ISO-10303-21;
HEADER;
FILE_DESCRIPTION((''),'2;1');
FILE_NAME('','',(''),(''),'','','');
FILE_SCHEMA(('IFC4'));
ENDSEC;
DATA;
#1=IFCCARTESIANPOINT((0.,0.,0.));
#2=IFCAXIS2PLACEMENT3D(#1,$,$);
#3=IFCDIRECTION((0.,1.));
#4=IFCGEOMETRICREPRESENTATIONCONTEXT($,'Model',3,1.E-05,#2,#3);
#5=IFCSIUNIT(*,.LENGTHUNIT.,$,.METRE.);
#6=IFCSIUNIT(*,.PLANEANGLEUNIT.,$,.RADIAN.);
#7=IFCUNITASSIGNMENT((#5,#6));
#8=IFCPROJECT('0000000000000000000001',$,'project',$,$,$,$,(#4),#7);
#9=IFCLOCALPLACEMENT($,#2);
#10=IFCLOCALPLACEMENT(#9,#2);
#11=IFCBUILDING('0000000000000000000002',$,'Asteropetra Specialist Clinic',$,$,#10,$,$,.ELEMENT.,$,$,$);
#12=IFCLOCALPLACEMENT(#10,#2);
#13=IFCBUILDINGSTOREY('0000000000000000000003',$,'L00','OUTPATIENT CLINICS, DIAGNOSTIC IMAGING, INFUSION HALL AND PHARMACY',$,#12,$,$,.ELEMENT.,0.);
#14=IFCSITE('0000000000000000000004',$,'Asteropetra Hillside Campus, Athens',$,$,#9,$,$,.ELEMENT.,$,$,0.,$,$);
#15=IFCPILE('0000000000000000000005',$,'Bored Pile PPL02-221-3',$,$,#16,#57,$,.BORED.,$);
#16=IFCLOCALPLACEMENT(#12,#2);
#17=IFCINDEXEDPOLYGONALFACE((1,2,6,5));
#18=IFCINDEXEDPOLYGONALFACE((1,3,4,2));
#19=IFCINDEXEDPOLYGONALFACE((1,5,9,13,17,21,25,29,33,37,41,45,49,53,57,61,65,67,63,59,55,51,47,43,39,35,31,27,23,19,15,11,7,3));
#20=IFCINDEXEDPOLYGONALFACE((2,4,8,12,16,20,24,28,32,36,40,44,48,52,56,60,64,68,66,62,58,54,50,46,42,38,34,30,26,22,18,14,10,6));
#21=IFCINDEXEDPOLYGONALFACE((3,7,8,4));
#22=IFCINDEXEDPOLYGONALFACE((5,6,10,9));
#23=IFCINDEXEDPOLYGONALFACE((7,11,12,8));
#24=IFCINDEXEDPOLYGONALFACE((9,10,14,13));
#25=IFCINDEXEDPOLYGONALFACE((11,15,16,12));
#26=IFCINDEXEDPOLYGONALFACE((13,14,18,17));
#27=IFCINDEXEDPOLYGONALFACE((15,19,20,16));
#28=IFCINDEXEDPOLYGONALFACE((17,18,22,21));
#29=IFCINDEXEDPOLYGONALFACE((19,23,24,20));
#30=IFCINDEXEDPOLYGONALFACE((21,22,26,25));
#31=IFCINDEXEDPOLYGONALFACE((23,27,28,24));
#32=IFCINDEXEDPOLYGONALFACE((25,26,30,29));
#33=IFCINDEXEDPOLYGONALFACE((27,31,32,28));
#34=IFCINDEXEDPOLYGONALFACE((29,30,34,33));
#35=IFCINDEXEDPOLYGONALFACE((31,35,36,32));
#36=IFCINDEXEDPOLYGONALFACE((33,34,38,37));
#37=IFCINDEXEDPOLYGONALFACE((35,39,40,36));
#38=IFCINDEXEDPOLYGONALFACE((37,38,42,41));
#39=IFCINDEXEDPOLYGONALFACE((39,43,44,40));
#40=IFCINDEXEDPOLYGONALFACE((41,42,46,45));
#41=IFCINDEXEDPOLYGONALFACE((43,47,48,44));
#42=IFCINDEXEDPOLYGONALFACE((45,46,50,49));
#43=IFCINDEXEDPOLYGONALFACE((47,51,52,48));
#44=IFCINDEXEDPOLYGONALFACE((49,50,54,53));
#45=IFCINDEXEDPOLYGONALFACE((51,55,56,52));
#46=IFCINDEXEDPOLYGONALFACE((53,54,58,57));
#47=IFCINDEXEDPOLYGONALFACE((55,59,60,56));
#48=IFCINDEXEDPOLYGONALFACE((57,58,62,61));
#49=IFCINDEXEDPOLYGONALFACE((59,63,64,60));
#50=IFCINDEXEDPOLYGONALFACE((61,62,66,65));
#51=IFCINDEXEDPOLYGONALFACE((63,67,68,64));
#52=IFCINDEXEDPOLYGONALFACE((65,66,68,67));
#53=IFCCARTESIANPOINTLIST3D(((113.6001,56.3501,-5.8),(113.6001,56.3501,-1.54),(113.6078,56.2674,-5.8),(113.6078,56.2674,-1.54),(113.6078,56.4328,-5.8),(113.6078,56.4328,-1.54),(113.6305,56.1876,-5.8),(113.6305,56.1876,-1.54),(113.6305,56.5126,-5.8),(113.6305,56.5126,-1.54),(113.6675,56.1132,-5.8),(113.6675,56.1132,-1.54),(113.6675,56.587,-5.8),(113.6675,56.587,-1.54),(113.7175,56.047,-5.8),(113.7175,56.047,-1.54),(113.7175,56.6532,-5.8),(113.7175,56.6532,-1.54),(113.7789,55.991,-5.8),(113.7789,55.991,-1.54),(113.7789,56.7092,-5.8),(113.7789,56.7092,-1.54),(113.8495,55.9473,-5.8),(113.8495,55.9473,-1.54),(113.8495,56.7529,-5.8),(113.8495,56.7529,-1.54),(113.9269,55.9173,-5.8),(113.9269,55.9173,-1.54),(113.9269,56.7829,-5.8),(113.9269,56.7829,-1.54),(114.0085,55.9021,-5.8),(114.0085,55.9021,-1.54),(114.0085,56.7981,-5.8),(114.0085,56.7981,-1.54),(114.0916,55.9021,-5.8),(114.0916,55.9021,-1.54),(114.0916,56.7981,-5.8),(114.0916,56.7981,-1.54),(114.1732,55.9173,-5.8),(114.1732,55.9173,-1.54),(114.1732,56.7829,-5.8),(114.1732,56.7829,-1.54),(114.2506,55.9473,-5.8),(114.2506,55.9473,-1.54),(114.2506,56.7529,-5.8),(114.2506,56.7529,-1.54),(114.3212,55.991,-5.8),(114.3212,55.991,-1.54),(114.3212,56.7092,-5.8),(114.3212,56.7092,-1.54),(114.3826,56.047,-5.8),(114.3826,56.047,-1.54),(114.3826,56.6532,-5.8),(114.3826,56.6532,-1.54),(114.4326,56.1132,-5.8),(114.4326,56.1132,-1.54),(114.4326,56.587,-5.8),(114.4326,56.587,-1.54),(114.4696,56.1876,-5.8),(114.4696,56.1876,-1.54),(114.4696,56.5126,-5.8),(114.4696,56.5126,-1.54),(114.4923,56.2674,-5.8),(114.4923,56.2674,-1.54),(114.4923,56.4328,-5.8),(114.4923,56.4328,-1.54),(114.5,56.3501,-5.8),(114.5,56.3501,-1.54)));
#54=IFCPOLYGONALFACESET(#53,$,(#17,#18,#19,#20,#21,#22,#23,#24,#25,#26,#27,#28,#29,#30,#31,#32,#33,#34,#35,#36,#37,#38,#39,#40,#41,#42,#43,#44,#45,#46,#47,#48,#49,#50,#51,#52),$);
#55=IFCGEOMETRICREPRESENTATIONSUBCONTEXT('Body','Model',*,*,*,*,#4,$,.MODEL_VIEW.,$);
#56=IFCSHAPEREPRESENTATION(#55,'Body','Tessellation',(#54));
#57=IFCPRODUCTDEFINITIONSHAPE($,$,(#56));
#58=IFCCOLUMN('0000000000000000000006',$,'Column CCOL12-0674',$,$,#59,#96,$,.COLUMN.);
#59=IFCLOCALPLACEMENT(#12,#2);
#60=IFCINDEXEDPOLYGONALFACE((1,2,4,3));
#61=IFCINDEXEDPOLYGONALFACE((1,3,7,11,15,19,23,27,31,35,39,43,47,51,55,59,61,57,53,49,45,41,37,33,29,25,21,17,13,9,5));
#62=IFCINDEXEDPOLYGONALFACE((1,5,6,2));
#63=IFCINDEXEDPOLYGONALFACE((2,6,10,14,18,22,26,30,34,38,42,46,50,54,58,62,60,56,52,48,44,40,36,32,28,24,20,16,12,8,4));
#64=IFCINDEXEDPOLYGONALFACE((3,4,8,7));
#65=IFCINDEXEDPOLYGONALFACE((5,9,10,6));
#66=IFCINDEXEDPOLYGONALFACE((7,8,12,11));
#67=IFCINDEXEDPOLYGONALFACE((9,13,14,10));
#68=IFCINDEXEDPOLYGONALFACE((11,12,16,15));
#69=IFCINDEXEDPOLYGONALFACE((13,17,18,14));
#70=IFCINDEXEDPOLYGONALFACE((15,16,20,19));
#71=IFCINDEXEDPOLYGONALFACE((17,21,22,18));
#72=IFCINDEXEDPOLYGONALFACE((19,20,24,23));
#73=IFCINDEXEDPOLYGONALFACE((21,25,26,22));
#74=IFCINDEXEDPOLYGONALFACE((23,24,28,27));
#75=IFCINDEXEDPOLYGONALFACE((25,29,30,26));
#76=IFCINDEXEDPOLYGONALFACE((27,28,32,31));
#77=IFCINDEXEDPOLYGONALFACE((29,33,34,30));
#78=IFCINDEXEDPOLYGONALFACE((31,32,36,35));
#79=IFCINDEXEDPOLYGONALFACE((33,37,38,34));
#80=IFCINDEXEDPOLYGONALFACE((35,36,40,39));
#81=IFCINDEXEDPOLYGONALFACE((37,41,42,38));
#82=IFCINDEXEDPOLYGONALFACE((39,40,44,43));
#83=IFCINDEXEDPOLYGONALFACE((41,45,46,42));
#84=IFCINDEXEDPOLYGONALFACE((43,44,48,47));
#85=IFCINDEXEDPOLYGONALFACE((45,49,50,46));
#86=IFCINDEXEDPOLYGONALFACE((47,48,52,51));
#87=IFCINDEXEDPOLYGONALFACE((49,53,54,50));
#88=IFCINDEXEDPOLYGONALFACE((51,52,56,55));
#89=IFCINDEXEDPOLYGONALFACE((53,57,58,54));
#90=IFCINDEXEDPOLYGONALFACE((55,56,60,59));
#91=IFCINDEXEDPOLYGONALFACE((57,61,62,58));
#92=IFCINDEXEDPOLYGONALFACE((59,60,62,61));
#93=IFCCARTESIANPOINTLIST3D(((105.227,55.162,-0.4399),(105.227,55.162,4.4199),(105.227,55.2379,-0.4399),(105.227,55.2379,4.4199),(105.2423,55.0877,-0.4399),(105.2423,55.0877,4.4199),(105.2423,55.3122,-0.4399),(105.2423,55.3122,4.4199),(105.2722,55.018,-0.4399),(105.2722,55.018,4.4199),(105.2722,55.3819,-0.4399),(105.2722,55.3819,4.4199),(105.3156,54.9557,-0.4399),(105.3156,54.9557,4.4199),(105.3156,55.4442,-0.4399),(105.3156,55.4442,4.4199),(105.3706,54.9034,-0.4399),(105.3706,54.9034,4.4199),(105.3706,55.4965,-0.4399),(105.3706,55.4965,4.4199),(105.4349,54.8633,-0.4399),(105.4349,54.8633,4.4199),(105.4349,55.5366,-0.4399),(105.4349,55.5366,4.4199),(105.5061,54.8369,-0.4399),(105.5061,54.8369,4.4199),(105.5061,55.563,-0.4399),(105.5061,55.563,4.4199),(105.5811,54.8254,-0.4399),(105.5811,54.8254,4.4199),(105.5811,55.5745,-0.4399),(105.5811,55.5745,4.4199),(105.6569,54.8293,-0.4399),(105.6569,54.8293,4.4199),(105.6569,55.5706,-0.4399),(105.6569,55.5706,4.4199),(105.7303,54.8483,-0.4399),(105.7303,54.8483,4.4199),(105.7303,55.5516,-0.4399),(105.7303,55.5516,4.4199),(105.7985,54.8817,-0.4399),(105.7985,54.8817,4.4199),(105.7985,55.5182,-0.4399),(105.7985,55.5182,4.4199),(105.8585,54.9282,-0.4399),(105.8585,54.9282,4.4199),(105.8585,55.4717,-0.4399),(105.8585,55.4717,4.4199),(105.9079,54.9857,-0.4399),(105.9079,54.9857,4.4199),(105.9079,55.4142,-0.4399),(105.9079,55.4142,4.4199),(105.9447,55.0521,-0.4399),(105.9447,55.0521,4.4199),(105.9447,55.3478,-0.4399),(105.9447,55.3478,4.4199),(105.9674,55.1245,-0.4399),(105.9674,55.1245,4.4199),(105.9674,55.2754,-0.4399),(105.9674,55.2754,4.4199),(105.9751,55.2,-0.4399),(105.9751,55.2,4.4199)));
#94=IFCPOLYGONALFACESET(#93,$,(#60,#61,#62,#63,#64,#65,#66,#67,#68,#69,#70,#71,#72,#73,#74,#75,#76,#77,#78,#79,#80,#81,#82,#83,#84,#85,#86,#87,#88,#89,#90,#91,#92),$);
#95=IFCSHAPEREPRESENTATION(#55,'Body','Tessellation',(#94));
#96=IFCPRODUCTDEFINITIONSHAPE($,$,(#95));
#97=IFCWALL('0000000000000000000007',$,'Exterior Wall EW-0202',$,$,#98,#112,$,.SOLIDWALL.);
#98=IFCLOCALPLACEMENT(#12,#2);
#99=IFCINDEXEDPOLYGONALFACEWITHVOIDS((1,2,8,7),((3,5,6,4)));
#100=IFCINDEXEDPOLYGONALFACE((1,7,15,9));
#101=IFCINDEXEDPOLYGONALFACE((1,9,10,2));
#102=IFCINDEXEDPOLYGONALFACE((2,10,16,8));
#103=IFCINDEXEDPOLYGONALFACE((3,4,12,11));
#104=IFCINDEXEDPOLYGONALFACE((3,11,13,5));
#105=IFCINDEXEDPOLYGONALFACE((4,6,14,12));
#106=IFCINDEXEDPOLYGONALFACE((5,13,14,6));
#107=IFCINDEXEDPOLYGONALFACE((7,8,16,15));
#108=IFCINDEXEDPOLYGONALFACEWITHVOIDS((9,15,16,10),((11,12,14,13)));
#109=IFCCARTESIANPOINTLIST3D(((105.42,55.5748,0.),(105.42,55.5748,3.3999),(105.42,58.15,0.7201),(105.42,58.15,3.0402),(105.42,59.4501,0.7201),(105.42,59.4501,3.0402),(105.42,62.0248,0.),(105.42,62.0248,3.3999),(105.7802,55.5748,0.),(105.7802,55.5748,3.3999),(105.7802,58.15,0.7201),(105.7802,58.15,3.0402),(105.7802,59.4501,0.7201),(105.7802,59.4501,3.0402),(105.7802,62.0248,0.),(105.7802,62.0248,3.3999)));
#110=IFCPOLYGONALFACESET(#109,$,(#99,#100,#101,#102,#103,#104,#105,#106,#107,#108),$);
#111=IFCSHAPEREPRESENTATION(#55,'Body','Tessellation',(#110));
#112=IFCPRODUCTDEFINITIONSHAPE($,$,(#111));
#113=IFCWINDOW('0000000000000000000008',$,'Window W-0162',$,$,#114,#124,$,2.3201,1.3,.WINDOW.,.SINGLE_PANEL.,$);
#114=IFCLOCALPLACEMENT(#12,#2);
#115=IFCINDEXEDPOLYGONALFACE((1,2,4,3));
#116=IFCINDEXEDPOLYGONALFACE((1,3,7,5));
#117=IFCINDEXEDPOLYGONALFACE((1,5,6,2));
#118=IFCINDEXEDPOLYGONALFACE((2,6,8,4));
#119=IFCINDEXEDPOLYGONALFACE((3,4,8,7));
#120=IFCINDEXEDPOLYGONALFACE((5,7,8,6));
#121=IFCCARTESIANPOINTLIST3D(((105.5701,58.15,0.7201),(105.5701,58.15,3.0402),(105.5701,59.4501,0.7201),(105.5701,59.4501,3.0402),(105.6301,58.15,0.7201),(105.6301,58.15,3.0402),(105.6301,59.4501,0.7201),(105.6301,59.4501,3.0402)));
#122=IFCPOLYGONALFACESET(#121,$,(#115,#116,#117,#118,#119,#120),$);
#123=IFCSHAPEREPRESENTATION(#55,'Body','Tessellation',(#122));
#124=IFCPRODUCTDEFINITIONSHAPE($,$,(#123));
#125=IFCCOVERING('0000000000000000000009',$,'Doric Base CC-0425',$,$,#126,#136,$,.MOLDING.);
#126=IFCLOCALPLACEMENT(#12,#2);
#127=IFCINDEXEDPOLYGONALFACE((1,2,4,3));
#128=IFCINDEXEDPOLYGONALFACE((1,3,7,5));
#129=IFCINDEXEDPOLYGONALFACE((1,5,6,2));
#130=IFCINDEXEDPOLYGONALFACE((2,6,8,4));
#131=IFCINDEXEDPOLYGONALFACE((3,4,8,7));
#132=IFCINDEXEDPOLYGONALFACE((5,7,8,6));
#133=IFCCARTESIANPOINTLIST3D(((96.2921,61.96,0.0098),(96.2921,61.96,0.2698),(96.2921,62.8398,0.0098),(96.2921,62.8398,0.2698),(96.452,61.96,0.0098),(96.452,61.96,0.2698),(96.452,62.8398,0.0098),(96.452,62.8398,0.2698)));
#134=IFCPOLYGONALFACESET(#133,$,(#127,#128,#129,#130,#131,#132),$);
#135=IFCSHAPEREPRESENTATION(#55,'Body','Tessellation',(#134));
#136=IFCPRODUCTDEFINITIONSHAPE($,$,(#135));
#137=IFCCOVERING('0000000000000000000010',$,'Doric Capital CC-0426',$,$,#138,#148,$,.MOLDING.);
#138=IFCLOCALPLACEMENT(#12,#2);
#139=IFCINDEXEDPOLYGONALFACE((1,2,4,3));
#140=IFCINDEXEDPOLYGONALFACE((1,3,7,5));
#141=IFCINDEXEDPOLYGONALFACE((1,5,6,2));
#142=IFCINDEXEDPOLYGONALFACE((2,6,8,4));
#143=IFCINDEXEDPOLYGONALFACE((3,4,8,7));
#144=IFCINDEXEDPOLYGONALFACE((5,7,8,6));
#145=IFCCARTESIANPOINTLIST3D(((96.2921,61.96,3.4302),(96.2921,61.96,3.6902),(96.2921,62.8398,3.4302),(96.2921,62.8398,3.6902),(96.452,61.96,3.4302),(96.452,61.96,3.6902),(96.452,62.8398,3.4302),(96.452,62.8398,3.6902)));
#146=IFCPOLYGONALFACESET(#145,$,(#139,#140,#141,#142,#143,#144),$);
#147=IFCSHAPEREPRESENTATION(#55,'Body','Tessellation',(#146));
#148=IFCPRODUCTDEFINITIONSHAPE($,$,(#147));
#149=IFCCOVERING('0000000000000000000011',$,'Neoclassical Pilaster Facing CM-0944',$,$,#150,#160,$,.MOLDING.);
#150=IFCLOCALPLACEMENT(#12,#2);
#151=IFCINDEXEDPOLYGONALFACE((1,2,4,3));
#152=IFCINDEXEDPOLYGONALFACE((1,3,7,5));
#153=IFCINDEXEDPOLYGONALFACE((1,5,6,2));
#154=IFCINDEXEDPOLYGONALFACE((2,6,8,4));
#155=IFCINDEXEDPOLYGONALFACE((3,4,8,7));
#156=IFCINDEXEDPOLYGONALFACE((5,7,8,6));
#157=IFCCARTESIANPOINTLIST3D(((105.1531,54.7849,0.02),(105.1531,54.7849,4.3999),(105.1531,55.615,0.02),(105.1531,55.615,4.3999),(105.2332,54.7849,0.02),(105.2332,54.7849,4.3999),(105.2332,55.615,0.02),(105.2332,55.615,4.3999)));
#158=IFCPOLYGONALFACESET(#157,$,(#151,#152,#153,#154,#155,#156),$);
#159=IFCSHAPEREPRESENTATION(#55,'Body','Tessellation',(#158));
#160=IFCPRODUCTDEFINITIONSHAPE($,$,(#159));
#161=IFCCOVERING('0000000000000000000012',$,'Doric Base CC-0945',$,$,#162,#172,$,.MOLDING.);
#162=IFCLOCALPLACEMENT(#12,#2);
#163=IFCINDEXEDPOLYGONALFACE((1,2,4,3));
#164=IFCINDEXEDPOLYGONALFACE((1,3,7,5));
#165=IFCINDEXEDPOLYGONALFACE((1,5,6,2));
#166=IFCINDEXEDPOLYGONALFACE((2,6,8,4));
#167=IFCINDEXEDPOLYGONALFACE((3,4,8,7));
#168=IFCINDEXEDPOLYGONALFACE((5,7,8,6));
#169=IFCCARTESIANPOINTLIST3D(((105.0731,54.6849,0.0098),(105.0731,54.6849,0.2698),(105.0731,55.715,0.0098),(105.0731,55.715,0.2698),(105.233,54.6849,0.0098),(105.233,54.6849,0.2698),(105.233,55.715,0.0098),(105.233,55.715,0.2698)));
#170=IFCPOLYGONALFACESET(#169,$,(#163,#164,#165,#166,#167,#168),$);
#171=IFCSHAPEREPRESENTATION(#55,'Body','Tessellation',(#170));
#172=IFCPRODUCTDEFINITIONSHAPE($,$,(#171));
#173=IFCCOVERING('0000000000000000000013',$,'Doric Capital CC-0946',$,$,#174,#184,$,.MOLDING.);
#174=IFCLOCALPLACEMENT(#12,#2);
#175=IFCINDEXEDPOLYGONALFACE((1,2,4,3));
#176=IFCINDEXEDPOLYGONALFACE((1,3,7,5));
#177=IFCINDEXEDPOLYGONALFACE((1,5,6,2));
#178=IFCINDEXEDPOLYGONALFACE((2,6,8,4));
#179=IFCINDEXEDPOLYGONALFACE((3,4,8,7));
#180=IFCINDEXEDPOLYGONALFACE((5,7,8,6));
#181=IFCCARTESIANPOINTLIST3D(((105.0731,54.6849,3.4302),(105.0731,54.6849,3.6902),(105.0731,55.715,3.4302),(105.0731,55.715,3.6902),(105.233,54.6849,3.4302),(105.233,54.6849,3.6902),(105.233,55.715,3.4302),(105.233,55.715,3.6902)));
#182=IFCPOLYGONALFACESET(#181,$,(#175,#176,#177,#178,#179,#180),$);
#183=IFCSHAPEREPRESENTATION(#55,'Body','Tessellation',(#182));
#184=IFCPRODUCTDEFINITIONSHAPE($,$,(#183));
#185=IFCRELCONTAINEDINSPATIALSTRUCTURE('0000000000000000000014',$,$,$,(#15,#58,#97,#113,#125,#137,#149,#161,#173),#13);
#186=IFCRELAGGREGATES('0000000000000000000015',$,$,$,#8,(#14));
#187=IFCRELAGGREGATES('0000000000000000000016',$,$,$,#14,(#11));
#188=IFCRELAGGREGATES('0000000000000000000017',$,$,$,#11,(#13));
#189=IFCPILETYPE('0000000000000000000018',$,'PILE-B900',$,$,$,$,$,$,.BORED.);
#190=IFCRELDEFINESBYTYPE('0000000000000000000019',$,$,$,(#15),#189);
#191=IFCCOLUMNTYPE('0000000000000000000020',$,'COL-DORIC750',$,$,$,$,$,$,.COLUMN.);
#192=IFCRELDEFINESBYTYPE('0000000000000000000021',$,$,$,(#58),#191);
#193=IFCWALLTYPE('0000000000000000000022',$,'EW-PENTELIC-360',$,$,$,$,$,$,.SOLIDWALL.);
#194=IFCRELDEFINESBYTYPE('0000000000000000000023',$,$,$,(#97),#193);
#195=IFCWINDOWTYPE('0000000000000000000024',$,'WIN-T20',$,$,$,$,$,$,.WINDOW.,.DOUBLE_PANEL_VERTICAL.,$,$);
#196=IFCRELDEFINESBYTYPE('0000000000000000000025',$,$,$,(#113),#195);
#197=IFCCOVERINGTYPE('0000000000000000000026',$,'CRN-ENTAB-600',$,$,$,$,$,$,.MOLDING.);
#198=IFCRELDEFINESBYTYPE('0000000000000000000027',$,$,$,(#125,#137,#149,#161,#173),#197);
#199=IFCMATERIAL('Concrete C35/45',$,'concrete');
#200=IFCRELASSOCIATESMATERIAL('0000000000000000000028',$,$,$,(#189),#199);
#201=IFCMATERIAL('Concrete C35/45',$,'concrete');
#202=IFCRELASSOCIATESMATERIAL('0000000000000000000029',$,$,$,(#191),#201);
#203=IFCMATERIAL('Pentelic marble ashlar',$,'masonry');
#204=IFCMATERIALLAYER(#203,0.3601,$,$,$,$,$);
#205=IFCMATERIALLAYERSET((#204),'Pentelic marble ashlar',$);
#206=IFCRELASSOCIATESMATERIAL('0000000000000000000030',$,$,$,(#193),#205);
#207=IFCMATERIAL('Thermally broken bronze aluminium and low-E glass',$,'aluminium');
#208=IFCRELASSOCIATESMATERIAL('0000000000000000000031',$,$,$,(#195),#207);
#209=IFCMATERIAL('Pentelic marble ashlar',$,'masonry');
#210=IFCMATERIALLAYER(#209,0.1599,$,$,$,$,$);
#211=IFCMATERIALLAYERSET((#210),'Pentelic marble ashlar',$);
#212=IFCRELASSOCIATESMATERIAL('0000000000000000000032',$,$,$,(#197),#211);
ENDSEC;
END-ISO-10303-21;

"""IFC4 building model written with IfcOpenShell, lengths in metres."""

from ifc_helpers import new_model, si_unit, direction, frame, frame_2d, origin, origin_2d, place, context, subcontext, project, spatial, rectangle, circle, extrude, material, layer, layer_set, material_profile, profile_set, type_object, element, fill, save


model = new_model("IFC4")

# Units and contexts
model_context = context("Model", 3, precision=1e-05, world=origin(), true_north=direction((0.0, 1.0)))
body_context = subcontext(model_context, "Body", "Model", "MODEL_VIEW")
ifc_project = project(units=[si_unit("LENGTHUNIT", "METRE"), si_unit("PLANEANGLEUNIT", "RADIAN")], contexts=[model_context])

# Site, building, storey
site_placement = place(None, origin())
site = spatial("IfcSite", under=ifc_project, at=site_placement, Name="Asteropetra Hillside Campus, Athens", CompositionType="ELEMENT", RefElevation=0.0)
building_placement = place(site_placement, origin())
building = spatial("IfcBuilding", under=site, at=building_placement, Name="Asteropetra Specialist Clinic", CompositionType="ELEMENT")
storey_placement = place(building_placement, origin())
storey = spatial("IfcBuildingStorey", under=building, at=storey_placement, Name="L00", Description="OUTPATIENT CLINICS, DIAGNOSTIC IMAGING, INFUSION HALL AND PHARMACY", CompositionType="ELEMENT", Elevation=0.0)

# Pile
ifc_material_1 = material(Name="Concrete C35/45", Category="concrete")
ifc_material_profile_1 = material_profile(ifc_material_1, circle(Radius=0.45, at=origin_2d()), Name="PILE D900")
ifc_profile_set_1 = profile_set([ifc_material_profile_1], Name="Concrete C35/45")
pile_type_1 = type_object("IfcPileType", Name="PILE-B900", PredefinedType="BORED", material=ifc_profile_set_1)
for number, where, z_axis, x_axis, name in (
    (1, (114.05, 56.3501, -1.54), (0.0, 0.0, -1.0), (1.0, 0.0, 0.0), "Bored Pile PPL02-221-3"),
):
    element("IfcPile", number, at=place(storey_placement, frame(where, z_axis=z_axis, x_axis=x_axis)), inside=storey, type_object=pile_type_1, Name=name, PredefinedType="BORED", context=body_context, shape_type="SweptSolid", body=[
        extrude(circle(Radius=0.45, at=origin_2d()), origin(), (0.0, 0.0, 1.0), 4.26),
    ])

# Column
ifc_material_2 = material(Name="Concrete C35/45", Category="concrete")
ifc_material_profile_2 = material_profile(ifc_material_2, circle(Radius=0.375, at=origin_2d()), Name="RCC D750")
ifc_profile_set_2 = profile_set([ifc_material_profile_2], Name="Concrete C35/45")
column_type = type_object("IfcColumnType", Name="COL-DORIC750", PredefinedType="COLUMN", material=ifc_profile_set_2)
column_placement = place(storey_placement, frame((105.6001, 55.2, -0.4399), z_axis=(0.0, 0.0, 1.0), x_axis=(1.0, 0.0, 0.0)))
element("IfcColumn", 2, at=column_placement, inside=storey, type_object=column_type, Name="Column CCOL12-0674", PredefinedType="COLUMN", context=body_context, shape_type="SweptSolid", body=[
    extrude(circle(Radius=0.375, at=origin_2d()), origin(), (0.0, 0.0, 1.0), 4.8599),
])

# Wall, opening, window
ifc_material_3 = material(Name="Pentelic marble ashlar", Category="masonry")
ifc_layer_1 = layer(ifc_material_3, 0.3601)
ifc_layer_set_1 = layer_set([ifc_layer_1], Name="Pentelic marble ashlar")
wall_type = type_object("IfcWallType", Name="EW-PENTELIC-360", PredefinedType="SOLIDWALL", material=ifc_layer_set_1)
wall_placement = place(storey_placement, frame((105.6001, 62.0249, 0.0), z_axis=(0.0, 0.0, 1.0), x_axis=(0.0, -1.0, 0.0)))
wall = element("IfcWall", 3, at=wall_placement, inside=storey, type_object=wall_type, Name="Exterior Wall EW-0202", PredefinedType="SOLIDWALL", context=body_context, shape_type="SweptSolid", body=[
    extrude(rectangle(XDim=6.45, YDim=0.3601, at=frame_2d((3.2251, 0.0))), origin(), (0.0, 0.0, 1.0), 3.3999),
])
opening_placement = place(wall_placement, frame((2.575, 0.0, 0.72)))
opening = element("IfcOpeningElement", 4, at=opening_placement, cuts=wall, PredefinedType="OPENING", context=body_context, shape_type="SweptSolid", body=[
    extrude(rectangle(XDim=1.3, YDim=2.3201, at=frame_2d((0.6499, 1.1602))), frame((0.0, 0.1899, 0.0), z_axis=(0.0, -1.0, 0.0), x_axis=(1.0, 0.0, 0.0)), (0.0, 0.0, 1.0), 0.3801),
])
ifc_material_4 = material(Name="Thermally broken bronze aluminium and low-E glass", Category="aluminium")
window_type = type_object("IfcWindowType", Name="WIN-T20", PartitioningType="DOUBLE_PANEL_VERTICAL", PredefinedType="WINDOW", material=ifc_material_4)
window_placement = place(opening_placement, origin())
window = element("IfcWindow", 5, at=window_placement, inside=storey, type_object=window_type, Name="Window W-0162", OverallHeight=2.3201, OverallWidth=1.3, PartitioningType="SINGLE_PANEL", PredefinedType="WINDOW", context=body_context, shape_type="SweptSolid", body=[
    extrude(rectangle(XDim=1.3, YDim=2.3201, at=frame_2d((0.6499, 1.1602))), frame((0.0, 0.03, 0.0), z_axis=(0.0, -1.0, 0.0), x_axis=(1.0, 0.0, 0.0)), (0.0, 0.0, 1.0), 0.0601),
])
fill(opening, window)

# Coverings
ifc_material_5 = material(Name="Pentelic marble ashlar", Category="masonry")
ifc_layer_2 = layer(ifc_material_5, 0.1599)
ifc_layer_set_2 = layer_set([ifc_layer_2], Name="Pentelic marble ashlar")
covering_type = type_object("IfcCoveringType", Name="CRN-ENTAB-600", PredefinedType="MOLDING", material=ifc_layer_set_2)
for number, where, z_axis, x_axis, name in (
    (6, (96.3721, 62.3999, 0.0098), (0.0, 0.0, 1.0), (1.0, 0.0, 0.0), "Doric Base CC-0425"),
    (7, (96.3721, 62.3999, 3.4302), (0.0, 0.0, 1.0), (1.0, 0.0, 0.0), "Doric Capital CC-0426"),
):
    element("IfcCovering", number, at=place(storey_placement, frame(where, z_axis=z_axis, x_axis=x_axis)), inside=storey, type_object=covering_type, Name=name, PredefinedType="MOLDING", context=body_context, shape_type="SweptSolid", body=[
        extrude(rectangle(XDim=0.1599, YDim=0.8799, at=origin_2d()), origin(), (0.0, 0.0, 1.0), 0.26),
    ])
covering_1_placement = place(storey_placement, frame((105.1931, 55.2, 0.02), z_axis=(0.0, 0.0, 1.0), x_axis=(1.0, 0.0, 0.0)))
element("IfcCovering", 8, at=covering_1_placement, inside=storey, type_object=covering_type, Name="Neoclassical Pilaster Facing CM-0944", PredefinedType="MOLDING", context=body_context, shape_type="SweptSolid", body=[
    extrude(rectangle(XDim=0.0801, YDim=0.8301, at=origin_2d()), origin(), (0.0, 0.0, 1.0), 4.3799),
])
for number, where, z_axis, x_axis, name in (
    (9, (105.1531, 55.2, 0.0098), (0.0, 0.0, 1.0), (1.0, 0.0, 0.0), "Doric Base CC-0945"),
    (10, (105.1531, 55.2, 3.4302), (0.0, 0.0, 1.0), (1.0, 0.0, 0.0), "Doric Capital CC-0946"),
):
    element("IfcCovering", number, at=place(storey_placement, frame(where, z_axis=z_axis, x_axis=x_axis)), inside=storey, type_object=covering_type, Name=name, PredefinedType="MOLDING", context=body_context, shape_type="SweptSolid", body=[
        extrude(rectangle(XDim=0.1599, YDim=1.03, at=origin_2d()), origin(), (0.0, 0.0, 1.0), 0.26),
    ])

save(model, "model.ifc")
